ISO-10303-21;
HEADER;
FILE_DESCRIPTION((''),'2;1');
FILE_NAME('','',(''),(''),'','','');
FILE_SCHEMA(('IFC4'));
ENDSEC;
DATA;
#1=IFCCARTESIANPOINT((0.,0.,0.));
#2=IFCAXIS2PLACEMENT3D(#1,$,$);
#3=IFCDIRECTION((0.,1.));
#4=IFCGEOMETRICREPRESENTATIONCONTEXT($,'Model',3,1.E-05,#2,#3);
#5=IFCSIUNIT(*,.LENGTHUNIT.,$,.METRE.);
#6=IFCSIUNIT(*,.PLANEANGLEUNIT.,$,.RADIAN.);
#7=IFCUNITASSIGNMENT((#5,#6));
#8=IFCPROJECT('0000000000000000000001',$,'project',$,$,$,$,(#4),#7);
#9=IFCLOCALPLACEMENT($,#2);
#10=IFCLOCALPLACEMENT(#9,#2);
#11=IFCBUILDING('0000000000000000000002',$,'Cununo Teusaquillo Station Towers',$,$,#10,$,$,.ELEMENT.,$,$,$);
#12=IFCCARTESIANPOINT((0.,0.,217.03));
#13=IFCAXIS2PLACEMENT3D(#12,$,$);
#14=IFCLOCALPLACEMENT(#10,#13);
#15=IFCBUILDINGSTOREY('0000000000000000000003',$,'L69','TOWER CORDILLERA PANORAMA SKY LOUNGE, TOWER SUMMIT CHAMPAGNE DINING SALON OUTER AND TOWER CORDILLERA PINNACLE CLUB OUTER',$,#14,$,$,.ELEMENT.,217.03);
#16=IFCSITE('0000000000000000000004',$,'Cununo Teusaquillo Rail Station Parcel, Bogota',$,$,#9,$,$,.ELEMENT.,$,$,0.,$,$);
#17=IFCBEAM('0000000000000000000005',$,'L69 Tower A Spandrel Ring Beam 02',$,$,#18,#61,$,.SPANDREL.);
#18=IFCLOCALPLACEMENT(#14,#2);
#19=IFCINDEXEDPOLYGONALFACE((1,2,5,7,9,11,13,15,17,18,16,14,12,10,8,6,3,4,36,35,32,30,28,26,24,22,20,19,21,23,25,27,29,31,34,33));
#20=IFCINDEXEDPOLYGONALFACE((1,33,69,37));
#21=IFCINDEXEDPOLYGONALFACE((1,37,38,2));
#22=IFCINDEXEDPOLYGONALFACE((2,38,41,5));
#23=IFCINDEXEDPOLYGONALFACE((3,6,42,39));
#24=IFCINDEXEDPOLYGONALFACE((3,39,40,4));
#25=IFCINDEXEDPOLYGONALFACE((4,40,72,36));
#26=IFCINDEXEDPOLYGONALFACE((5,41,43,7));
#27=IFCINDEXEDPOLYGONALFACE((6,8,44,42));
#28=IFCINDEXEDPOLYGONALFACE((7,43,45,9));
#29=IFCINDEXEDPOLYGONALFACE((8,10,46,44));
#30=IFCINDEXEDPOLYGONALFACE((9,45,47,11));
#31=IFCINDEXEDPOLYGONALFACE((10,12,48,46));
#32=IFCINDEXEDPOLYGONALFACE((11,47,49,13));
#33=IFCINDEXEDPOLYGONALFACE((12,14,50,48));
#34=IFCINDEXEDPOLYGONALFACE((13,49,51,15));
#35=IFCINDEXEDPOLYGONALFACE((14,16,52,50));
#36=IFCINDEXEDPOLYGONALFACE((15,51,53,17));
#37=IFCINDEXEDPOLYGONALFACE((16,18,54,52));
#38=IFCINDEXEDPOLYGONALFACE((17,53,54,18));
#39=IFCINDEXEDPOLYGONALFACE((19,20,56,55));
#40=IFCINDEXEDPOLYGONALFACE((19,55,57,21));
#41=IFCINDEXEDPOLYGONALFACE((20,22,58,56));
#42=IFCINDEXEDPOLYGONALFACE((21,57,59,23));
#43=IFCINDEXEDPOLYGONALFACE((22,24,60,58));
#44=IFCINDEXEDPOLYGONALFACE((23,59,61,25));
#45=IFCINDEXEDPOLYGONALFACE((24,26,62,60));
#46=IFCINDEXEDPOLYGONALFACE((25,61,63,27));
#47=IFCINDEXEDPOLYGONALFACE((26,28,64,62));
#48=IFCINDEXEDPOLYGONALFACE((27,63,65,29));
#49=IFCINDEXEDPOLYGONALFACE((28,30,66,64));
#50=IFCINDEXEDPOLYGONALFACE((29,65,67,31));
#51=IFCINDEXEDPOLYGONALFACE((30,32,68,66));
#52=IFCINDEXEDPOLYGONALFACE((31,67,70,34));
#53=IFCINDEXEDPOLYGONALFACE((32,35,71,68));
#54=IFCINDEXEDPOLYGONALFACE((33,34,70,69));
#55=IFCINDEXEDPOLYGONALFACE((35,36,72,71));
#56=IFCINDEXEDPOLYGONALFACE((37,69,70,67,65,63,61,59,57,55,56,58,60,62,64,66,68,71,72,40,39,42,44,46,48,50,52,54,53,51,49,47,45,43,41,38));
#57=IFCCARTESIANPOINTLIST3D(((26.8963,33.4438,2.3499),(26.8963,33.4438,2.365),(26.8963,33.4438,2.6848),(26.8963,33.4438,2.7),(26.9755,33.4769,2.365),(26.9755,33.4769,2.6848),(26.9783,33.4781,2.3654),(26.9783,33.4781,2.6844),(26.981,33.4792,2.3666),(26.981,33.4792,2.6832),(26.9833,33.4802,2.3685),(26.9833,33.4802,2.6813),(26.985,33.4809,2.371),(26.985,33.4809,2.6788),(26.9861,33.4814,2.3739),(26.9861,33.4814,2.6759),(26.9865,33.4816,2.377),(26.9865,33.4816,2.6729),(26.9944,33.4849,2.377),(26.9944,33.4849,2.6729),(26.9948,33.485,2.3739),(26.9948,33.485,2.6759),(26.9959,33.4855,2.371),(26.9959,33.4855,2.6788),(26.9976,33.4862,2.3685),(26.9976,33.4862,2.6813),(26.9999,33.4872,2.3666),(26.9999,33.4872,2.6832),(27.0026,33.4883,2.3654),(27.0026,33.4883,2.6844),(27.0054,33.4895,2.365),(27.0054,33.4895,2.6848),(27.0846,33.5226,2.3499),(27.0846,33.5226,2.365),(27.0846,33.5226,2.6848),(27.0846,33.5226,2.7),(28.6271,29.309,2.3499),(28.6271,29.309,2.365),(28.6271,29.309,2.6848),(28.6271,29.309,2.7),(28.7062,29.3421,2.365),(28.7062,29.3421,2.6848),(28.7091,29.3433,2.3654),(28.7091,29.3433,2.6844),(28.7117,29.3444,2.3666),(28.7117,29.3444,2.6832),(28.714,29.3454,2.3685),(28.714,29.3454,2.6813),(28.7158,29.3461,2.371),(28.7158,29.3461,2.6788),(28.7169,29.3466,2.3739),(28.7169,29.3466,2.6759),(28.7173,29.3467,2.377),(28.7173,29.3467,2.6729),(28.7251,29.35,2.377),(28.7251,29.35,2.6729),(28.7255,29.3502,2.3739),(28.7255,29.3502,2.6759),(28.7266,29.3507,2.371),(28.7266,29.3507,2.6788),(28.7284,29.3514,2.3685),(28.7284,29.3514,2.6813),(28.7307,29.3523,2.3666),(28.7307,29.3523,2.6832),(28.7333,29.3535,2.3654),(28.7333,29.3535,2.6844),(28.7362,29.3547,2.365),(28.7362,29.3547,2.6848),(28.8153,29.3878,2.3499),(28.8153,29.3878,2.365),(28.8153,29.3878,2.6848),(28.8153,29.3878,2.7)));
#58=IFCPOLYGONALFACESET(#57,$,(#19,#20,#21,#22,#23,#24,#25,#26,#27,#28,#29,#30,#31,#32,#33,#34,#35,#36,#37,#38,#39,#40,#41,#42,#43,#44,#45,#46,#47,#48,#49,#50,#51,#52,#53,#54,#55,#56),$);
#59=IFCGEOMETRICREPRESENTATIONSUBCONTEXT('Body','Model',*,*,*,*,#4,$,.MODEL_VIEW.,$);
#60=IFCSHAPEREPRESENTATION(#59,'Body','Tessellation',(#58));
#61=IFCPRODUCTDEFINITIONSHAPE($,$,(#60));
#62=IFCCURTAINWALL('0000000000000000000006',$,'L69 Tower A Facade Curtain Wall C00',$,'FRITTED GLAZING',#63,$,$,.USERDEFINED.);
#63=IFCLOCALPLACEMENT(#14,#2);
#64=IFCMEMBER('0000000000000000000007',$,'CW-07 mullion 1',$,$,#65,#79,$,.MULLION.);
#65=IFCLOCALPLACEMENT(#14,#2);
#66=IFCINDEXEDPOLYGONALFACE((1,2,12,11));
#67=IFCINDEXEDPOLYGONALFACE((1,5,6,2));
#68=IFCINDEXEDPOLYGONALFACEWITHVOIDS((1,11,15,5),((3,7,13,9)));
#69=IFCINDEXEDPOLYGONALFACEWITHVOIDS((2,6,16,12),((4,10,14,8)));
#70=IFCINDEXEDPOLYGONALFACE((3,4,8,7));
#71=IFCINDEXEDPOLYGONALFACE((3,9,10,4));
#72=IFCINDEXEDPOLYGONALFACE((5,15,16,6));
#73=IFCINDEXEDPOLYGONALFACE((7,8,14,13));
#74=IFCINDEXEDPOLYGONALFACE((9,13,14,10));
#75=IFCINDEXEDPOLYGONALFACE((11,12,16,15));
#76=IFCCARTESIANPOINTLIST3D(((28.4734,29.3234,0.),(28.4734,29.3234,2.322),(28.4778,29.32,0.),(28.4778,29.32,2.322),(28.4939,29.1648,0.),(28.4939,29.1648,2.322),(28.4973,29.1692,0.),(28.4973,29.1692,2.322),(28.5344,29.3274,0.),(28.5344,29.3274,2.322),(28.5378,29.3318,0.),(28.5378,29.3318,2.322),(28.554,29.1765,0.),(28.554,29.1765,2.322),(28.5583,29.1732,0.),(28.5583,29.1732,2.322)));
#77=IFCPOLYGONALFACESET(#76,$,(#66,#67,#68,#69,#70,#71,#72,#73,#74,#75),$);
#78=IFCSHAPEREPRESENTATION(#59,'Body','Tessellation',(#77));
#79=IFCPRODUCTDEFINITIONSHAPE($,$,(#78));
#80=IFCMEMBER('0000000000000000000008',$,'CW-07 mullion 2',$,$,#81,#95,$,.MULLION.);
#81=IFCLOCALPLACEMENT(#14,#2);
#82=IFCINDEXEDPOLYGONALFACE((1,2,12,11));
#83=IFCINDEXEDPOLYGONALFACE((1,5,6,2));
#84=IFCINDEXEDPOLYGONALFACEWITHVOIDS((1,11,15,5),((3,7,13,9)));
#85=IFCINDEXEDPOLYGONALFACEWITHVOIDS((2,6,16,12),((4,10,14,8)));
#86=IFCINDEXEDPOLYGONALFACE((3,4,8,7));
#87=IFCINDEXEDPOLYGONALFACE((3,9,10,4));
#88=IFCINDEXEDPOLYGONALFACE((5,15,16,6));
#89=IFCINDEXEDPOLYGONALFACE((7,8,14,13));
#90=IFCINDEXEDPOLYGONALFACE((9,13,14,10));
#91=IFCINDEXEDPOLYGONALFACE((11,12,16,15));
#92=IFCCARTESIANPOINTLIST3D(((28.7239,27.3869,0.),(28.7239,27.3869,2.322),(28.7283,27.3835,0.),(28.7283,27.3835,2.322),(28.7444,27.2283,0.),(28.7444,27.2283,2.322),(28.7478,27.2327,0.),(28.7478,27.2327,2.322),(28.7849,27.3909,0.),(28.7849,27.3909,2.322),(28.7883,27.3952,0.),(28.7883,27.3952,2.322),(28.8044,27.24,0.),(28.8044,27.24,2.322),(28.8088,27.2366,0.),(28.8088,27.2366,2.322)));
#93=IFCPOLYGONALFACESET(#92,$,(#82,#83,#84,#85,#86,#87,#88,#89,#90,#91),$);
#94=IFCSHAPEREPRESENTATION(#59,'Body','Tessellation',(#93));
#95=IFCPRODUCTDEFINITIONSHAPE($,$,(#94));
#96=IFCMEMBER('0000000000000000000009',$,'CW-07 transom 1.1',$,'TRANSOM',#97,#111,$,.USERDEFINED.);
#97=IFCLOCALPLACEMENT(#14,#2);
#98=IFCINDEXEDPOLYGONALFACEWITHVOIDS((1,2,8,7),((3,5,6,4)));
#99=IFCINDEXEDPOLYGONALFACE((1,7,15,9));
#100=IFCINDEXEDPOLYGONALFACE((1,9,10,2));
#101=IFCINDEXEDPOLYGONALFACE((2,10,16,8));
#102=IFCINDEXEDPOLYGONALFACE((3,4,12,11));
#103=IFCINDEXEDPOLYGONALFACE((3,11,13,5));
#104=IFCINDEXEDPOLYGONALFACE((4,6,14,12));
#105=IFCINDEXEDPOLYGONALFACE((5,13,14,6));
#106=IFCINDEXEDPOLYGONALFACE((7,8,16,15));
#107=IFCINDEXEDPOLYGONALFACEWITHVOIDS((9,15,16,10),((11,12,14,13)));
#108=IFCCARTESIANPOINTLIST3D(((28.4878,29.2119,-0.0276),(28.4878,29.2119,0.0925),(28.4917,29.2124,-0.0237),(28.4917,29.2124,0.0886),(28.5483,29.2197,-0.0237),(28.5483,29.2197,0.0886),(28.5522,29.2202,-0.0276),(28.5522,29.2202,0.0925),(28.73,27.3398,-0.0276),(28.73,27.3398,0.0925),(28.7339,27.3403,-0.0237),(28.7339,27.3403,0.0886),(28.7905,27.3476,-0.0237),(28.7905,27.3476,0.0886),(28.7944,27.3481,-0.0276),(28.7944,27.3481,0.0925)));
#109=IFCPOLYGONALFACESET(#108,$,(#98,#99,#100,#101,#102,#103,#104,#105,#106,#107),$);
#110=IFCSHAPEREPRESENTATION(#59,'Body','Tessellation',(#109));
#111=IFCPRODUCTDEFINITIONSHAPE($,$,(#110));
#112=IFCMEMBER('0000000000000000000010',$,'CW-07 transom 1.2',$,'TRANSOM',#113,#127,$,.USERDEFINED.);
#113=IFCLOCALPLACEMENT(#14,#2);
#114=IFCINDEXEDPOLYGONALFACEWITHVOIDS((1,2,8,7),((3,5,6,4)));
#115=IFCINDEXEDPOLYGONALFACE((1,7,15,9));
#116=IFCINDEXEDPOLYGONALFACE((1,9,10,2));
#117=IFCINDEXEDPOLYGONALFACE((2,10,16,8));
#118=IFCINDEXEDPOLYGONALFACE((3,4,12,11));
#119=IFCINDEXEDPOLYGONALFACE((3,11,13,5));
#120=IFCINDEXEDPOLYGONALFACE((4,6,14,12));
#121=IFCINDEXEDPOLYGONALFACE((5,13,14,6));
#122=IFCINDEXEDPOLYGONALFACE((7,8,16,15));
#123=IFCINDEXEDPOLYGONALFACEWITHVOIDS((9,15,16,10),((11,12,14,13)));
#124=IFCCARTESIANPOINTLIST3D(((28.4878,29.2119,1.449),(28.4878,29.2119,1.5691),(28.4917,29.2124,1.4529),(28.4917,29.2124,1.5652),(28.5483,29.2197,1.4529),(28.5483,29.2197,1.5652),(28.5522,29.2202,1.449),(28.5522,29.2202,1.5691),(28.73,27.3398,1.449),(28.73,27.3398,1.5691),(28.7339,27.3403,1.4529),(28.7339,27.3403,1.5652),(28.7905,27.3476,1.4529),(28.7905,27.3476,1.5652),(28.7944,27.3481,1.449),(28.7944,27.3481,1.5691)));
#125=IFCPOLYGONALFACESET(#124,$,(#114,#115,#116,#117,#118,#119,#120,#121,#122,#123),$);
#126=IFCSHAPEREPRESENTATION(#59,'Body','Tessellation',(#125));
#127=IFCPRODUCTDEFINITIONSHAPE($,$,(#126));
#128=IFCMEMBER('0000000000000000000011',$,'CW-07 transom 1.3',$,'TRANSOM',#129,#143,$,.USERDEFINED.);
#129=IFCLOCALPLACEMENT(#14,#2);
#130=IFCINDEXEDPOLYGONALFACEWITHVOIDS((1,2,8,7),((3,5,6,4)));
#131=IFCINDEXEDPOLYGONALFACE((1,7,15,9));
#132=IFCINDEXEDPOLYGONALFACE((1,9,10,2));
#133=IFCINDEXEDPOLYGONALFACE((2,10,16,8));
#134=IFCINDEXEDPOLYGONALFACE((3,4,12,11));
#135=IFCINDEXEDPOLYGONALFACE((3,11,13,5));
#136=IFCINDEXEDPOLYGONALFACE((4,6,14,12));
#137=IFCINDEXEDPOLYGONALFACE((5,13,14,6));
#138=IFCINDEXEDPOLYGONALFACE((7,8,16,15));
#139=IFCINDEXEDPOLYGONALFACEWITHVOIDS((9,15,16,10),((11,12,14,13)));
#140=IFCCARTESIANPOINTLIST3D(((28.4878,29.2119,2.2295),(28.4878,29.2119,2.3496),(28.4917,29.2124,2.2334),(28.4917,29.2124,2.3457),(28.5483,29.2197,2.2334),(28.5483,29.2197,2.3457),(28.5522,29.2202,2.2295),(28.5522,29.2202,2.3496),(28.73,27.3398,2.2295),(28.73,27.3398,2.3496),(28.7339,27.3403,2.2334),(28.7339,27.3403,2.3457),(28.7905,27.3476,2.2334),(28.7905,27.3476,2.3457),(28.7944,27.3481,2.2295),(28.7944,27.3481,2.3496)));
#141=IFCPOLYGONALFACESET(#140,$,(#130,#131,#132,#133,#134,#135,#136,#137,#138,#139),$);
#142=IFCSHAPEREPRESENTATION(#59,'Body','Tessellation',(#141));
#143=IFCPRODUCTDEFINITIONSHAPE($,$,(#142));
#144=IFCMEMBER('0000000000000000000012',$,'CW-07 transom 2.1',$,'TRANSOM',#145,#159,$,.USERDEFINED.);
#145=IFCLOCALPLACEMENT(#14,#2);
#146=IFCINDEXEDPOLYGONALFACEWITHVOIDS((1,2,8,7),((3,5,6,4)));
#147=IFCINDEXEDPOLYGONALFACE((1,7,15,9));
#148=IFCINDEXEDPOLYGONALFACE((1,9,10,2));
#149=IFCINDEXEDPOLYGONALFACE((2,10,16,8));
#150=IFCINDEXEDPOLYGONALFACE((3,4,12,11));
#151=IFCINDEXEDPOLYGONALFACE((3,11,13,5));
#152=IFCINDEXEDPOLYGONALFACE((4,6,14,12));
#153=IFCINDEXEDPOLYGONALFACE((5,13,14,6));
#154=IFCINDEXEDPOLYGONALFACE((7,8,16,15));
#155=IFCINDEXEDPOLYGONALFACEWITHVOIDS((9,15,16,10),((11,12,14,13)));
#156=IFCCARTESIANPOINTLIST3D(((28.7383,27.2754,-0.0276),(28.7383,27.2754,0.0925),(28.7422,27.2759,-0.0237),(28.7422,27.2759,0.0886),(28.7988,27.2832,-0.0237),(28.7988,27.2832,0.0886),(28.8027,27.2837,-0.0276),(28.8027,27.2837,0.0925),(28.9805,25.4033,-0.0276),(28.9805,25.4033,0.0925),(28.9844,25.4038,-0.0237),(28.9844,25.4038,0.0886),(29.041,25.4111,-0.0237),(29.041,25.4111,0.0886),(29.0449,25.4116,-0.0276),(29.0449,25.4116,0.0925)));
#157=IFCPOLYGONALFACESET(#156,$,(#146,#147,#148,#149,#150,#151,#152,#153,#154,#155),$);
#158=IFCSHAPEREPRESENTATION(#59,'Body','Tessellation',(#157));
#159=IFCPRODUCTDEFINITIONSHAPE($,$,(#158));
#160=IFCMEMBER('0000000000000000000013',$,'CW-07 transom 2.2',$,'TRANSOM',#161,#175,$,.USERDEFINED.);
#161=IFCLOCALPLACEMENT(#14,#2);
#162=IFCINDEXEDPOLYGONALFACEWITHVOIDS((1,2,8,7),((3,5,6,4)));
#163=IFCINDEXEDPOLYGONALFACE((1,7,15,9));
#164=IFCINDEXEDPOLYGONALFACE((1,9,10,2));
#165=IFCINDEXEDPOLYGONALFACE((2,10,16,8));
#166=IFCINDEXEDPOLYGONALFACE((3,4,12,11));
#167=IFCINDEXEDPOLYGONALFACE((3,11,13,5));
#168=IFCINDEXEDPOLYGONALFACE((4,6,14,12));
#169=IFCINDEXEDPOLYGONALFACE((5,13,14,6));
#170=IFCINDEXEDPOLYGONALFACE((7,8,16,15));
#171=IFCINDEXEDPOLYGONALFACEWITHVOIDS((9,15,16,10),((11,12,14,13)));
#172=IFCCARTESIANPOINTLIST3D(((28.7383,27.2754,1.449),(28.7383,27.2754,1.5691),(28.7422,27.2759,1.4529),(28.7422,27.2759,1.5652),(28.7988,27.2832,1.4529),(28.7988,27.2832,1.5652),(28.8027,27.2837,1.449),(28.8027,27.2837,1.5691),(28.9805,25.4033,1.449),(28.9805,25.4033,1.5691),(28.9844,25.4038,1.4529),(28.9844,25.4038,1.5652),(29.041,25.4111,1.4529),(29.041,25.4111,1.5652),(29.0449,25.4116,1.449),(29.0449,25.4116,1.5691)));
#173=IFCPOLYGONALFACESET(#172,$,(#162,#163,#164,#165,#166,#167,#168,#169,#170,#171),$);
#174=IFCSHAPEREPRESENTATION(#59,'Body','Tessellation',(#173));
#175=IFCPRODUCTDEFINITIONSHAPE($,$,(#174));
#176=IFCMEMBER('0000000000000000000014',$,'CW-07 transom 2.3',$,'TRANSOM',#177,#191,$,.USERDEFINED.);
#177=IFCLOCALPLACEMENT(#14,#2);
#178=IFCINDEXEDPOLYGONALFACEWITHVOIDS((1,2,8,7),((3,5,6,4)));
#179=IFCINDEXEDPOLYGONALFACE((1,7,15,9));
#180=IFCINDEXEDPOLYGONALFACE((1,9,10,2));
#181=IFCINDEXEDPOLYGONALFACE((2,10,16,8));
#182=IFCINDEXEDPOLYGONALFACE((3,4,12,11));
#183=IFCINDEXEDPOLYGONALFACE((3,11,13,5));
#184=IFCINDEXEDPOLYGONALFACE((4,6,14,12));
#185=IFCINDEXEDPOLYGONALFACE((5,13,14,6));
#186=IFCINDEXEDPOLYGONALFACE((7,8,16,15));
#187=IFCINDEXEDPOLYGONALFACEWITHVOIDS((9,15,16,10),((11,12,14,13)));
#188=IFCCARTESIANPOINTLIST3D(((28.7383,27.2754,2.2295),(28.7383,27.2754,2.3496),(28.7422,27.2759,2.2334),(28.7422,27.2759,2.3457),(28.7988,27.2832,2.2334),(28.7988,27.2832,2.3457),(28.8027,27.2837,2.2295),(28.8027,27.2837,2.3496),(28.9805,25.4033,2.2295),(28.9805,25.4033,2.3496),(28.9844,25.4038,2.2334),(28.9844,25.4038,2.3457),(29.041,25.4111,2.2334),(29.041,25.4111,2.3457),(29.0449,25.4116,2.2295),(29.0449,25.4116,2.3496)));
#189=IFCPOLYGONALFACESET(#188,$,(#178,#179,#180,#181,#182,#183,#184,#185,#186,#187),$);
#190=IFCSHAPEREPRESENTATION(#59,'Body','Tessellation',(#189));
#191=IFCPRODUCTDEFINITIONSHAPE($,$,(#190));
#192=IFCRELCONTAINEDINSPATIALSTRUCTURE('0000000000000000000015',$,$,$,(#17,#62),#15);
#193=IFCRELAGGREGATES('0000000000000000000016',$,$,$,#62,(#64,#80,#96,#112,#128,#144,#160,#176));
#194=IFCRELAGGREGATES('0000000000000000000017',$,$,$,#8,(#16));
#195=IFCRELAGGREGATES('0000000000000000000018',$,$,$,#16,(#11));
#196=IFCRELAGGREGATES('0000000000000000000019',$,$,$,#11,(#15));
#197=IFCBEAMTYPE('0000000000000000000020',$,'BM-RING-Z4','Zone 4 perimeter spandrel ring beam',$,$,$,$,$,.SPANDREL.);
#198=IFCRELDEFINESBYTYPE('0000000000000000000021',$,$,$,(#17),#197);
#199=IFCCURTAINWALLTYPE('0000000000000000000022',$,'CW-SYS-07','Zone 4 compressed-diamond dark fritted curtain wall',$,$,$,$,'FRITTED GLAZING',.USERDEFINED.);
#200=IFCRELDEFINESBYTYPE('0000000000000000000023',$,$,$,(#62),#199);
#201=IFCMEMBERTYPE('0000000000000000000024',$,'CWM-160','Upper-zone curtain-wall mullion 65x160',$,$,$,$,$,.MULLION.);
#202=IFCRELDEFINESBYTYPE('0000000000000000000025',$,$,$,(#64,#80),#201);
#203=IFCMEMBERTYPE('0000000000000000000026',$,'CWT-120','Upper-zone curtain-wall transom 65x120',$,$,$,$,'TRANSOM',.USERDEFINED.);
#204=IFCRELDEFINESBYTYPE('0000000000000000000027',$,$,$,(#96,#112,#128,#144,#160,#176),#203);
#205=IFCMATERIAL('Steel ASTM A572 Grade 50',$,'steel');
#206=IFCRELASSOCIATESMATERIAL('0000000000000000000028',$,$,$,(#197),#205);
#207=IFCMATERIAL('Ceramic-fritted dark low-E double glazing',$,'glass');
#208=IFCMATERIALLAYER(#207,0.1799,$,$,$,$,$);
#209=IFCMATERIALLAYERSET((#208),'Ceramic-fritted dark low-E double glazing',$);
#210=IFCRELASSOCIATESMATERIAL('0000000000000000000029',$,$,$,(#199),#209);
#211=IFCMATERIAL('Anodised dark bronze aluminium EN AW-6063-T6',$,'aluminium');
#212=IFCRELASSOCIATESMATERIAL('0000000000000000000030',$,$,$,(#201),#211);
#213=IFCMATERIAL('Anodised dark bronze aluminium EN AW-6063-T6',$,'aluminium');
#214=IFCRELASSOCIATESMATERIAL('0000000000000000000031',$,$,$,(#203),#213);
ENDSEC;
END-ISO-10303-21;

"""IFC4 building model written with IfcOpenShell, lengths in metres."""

from ifc_helpers import new_model, si_unit, direction, frame, origin, origin_2d, place, context, subcontext, project, spatial, hollow_rectangle, i_section, extrude, material, layer, layer_set, material_profile, profile_set, type_object, element, aggregate, save


model = new_model("IFC4")

# Units and contexts
model_context = context("Model", 3, precision=1e-05, world=origin(), true_north=direction((0.0, 1.0)))
body_context = subcontext(model_context, "Body", "Model", "MODEL_VIEW")
ifc_project = project(units=[si_unit("LENGTHUNIT", "METRE"), si_unit("PLANEANGLEUNIT", "RADIAN")], contexts=[model_context])

# Site, building, storey
site_placement = place(None, origin())
site = spatial("IfcSite", under=ifc_project, at=site_placement, Name="Cununo Teusaquillo Rail Station Parcel, Bogota", CompositionType="ELEMENT", RefElevation=0.0)
building_placement = place(site_placement, origin())
building = spatial("IfcBuilding", under=site, at=building_placement, Name="Cununo Teusaquillo Station Towers", CompositionType="ELEMENT")
storey_placement = place(building_placement, frame((0.0, 0.0, 217.03)))
storey = spatial("IfcBuildingStorey", under=building, at=storey_placement, Name="L69", Description="TOWER CORDILLERA PANORAMA SKY LOUNGE, TOWER SUMMIT CHAMPAGNE DINING SALON OUTER AND TOWER CORDILLERA PINNACLE CLUB OUTER", CompositionType="ELEMENT", Elevation=217.03)

# Beam
ifc_material_1 = material(Name="Steel ASTM A572 Grade 50", Category="steel")
ifc_material_profile_1 = material_profile(ifc_material_1, i_section(OverallWidth=0.2041, OverallDepth=0.3501, WebThickness=0.0085, FlangeThickness=0.0151, FilletRadius=0.012, at=origin_2d()), Name="W14X48")
ifc_profile_set_1 = profile_set([ifc_material_profile_1], Name="Steel ASTM A572 Grade 50")
beam_type_1 = type_object("IfcBeamType", Name="BM-RING-Z4", Description="Zone 4 perimeter spandrel ring beam", PredefinedType="SPANDREL", material=ifc_profile_set_1)
beam_1_placement = place(storey_placement, frame((28.7212, 29.3484, 2.5249), z_axis=(-0.386115, 0.92245, 0.0), x_axis=(-0.92245, -0.386115, 0.0)))
element("IfcBeam", 1, at=beam_1_placement, inside=storey, type_object=beam_type_1, Name="L69 Tower A Spandrel Ring Beam 02", PredefinedType="SPANDREL", context=body_context, shape_type="SweptSolid", body=[
    extrude(i_section(OverallWidth=0.2041, OverallDepth=0.3501, WebThickness=0.0085, FlangeThickness=0.0151, FilletRadius=0.012, at=origin_2d()), origin(), (0.0, 0.0, 1.0), 4.4824),
])

# Curtain wall, members
ifc_material_2 = material(Name="Ceramic-fritted dark low-E double glazing", Category="glass")
ifc_layer_1 = layer(ifc_material_2, 0.1799)
ifc_layer_set_1 = layer_set([ifc_layer_1], Name="Ceramic-fritted dark low-E double glazing")
curtain_wall_type = type_object("IfcCurtainWallType", Name="CW-SYS-07", Description="Zone 4 compressed-diamond dark fritted curtain wall", ElementType="FRITTED GLAZING", PredefinedType="USERDEFINED", material=ifc_layer_set_1)
curtain_wall_placement = place(storey_placement, origin())
curtain_wall = element("IfcCurtainWall", 2, at=curtain_wall_placement, inside=storey, type_object=curtain_wall_type, Name="L69 Tower A Facade Curtain Wall C00", ObjectType="FRITTED GLAZING", PredefinedType="USERDEFINED")
ifc_material_3 = material(Name="Anodised dark bronze aluminium EN AW-6063-T6", Category="aluminium")
ifc_material_profile_2 = material_profile(ifc_material_3, hollow_rectangle(XDim=0.0649, YDim=0.1599, WallThickness=0.0039, at=origin_2d()), Name="CW-MULL-65x160")
ifc_profile_set_2 = profile_set([ifc_material_profile_2], Name="Anodised dark bronze aluminium EN AW-6063-T6")
member_type_1 = type_object("IfcMemberType", Name="CWM-160", Description="Upper-zone curtain-wall mullion 65x160", PredefinedType="MULLION", material=ifc_profile_set_2)
member_1_placement = place(storey_placement, frame((28.5159, 29.2483, 0.0), z_axis=(0.0, 0.0, 1.0), x_axis=(0.991742, 0.128253, 0.0)))
member_1 = element("IfcMember", 3, at=member_1_placement, type_object=member_type_1, Name="CW-07 mullion 1", PredefinedType="MULLION", context=body_context, shape_type="SweptSolid", body=[
    extrude(hollow_rectangle(XDim=0.0649, YDim=0.1599, WallThickness=0.0039, at=origin_2d()), origin(), (0.0, 0.0, 1.0), 2.322),
])
member_2_placement = place(storey_placement, frame((28.7664, 27.3118, 0.0), z_axis=(0.0, 0.0, 1.0), x_axis=(0.991742, 0.128253, 0.0)))
member_2 = element("IfcMember", 4, at=member_2_placement, type_object=member_type_1, Name="CW-07 mullion 2", PredefinedType="MULLION", context=body_context, shape_type="SweptSolid", body=[
    extrude(hollow_rectangle(XDim=0.0649, YDim=0.1599, WallThickness=0.0039, at=origin_2d()), origin(), (0.0, 0.0, 1.0), 2.322),
])
ifc_material_4 = material(Name="Anodised dark bronze aluminium EN AW-6063-T6", Category="aluminium")
ifc_material_profile_3 = material_profile(ifc_material_4, hollow_rectangle(XDim=0.0649, YDim=0.1201, WallThickness=0.0039, at=origin_2d()), Name="CW-TRAN-65x120")
ifc_profile_set_3 = profile_set([ifc_material_profile_3], Name="Anodised dark bronze aluminium EN AW-6063-T6")
member_type_2 = type_object("IfcMemberType", Name="CWT-120", Description="Upper-zone curtain-wall transom 65x120", ElementType="TRANSOM", PredefinedType="USERDEFINED", material=ifc_profile_set_3)
member_3_placement = place(storey_placement, frame((28.52, 29.2161, 0.0325), z_axis=(0.1283, -0.991735, 0.0), x_axis=(0.991735, 0.1283, 0.0)))
member_3 = element("IfcMember", 5, at=member_3_placement, type_object=member_type_2, Name="CW-07 transom 1.1", ObjectType="TRANSOM", PredefinedType="USERDEFINED", context=body_context, shape_type="SweptSolid", body=[
    extrude(hollow_rectangle(XDim=0.0649, YDim=0.1201, WallThickness=0.0039, at=origin_2d()), origin(), (0.0, 0.0, 1.0), 1.8877),
])
member_4_placement = place(storey_placement, frame((28.52, 29.2161, 1.509), z_axis=(0.1283, -0.991735, 0.0), x_axis=(0.991735, 0.1283, 0.0)))
member_4 = element("IfcMember", 6, at=member_4_placement, type_object=member_type_2, Name="CW-07 transom 1.2", ObjectType="TRANSOM", PredefinedType="USERDEFINED", context=body_context, shape_type="SweptSolid", body=[
    extrude(hollow_rectangle(XDim=0.0649, YDim=0.1201, WallThickness=0.0039, at=origin_2d()), origin(), (0.0, 0.0, 1.0), 1.8877),
])
member_5_placement = place(storey_placement, frame((28.52, 29.2161, 2.2896), z_axis=(0.1283, -0.991735, 0.0), x_axis=(0.991735, 0.1283, 0.0)))
member_5 = element("IfcMember", 7, at=member_5_placement, type_object=member_type_2, Name="CW-07 transom 1.3", ObjectType="TRANSOM", PredefinedType="USERDEFINED", context=body_context, shape_type="SweptSolid", body=[
    extrude(hollow_rectangle(XDim=0.0649, YDim=0.1201, WallThickness=0.0039, at=origin_2d()), origin(), (0.0, 0.0, 1.0), 1.8877),
])
member_6_placement = place(storey_placement, frame((28.7705, 27.2795, 0.0325), z_axis=(0.1283, -0.991735, 0.0), x_axis=(0.991735, 0.1283, 0.0)))
member_6 = element("IfcMember", 8, at=member_6_placement, type_object=member_type_2, Name="CW-07 transom 2.1", ObjectType="TRANSOM", PredefinedType="USERDEFINED", context=body_context, shape_type="SweptSolid", body=[
    extrude(hollow_rectangle(XDim=0.0649, YDim=0.1201, WallThickness=0.0039, at=origin_2d()), origin(), (0.0, 0.0, 1.0), 1.8877),
])
member_7_placement = place(storey_placement, frame((28.7705, 27.2795, 1.509), z_axis=(0.1283, -0.991735, 0.0), x_axis=(0.991735, 0.1283, 0.0)))
member_7 = element("IfcMember", 9, at=member_7_placement, type_object=member_type_2, Name="CW-07 transom 2.2", ObjectType="TRANSOM", PredefinedType="USERDEFINED", context=body_context, shape_type="SweptSolid", body=[
    extrude(hollow_rectangle(XDim=0.0649, YDim=0.1201, WallThickness=0.0039, at=origin_2d()), origin(), (0.0, 0.0, 1.0), 1.8877),
])
member_8_placement = place(storey_placement, frame((28.7705, 27.2795, 2.2896), z_axis=(0.1283, -0.991735, 0.0), x_axis=(0.991735, 0.1283, 0.0)))
member_8 = element("IfcMember", 10, at=member_8_placement, type_object=member_type_2, Name="CW-07 transom 2.3", ObjectType="TRANSOM", PredefinedType="USERDEFINED", context=body_context, shape_type="SweptSolid", body=[
    extrude(hollow_rectangle(XDim=0.0649, YDim=0.1201, WallThickness=0.0039, at=origin_2d()), origin(), (0.0, 0.0, 1.0), 1.8877),
])
aggregate(curtain_wall, [member_1, member_2, member_3, member_4, member_5, member_6, member_7, member_8])

save(model, "model.ifc")
